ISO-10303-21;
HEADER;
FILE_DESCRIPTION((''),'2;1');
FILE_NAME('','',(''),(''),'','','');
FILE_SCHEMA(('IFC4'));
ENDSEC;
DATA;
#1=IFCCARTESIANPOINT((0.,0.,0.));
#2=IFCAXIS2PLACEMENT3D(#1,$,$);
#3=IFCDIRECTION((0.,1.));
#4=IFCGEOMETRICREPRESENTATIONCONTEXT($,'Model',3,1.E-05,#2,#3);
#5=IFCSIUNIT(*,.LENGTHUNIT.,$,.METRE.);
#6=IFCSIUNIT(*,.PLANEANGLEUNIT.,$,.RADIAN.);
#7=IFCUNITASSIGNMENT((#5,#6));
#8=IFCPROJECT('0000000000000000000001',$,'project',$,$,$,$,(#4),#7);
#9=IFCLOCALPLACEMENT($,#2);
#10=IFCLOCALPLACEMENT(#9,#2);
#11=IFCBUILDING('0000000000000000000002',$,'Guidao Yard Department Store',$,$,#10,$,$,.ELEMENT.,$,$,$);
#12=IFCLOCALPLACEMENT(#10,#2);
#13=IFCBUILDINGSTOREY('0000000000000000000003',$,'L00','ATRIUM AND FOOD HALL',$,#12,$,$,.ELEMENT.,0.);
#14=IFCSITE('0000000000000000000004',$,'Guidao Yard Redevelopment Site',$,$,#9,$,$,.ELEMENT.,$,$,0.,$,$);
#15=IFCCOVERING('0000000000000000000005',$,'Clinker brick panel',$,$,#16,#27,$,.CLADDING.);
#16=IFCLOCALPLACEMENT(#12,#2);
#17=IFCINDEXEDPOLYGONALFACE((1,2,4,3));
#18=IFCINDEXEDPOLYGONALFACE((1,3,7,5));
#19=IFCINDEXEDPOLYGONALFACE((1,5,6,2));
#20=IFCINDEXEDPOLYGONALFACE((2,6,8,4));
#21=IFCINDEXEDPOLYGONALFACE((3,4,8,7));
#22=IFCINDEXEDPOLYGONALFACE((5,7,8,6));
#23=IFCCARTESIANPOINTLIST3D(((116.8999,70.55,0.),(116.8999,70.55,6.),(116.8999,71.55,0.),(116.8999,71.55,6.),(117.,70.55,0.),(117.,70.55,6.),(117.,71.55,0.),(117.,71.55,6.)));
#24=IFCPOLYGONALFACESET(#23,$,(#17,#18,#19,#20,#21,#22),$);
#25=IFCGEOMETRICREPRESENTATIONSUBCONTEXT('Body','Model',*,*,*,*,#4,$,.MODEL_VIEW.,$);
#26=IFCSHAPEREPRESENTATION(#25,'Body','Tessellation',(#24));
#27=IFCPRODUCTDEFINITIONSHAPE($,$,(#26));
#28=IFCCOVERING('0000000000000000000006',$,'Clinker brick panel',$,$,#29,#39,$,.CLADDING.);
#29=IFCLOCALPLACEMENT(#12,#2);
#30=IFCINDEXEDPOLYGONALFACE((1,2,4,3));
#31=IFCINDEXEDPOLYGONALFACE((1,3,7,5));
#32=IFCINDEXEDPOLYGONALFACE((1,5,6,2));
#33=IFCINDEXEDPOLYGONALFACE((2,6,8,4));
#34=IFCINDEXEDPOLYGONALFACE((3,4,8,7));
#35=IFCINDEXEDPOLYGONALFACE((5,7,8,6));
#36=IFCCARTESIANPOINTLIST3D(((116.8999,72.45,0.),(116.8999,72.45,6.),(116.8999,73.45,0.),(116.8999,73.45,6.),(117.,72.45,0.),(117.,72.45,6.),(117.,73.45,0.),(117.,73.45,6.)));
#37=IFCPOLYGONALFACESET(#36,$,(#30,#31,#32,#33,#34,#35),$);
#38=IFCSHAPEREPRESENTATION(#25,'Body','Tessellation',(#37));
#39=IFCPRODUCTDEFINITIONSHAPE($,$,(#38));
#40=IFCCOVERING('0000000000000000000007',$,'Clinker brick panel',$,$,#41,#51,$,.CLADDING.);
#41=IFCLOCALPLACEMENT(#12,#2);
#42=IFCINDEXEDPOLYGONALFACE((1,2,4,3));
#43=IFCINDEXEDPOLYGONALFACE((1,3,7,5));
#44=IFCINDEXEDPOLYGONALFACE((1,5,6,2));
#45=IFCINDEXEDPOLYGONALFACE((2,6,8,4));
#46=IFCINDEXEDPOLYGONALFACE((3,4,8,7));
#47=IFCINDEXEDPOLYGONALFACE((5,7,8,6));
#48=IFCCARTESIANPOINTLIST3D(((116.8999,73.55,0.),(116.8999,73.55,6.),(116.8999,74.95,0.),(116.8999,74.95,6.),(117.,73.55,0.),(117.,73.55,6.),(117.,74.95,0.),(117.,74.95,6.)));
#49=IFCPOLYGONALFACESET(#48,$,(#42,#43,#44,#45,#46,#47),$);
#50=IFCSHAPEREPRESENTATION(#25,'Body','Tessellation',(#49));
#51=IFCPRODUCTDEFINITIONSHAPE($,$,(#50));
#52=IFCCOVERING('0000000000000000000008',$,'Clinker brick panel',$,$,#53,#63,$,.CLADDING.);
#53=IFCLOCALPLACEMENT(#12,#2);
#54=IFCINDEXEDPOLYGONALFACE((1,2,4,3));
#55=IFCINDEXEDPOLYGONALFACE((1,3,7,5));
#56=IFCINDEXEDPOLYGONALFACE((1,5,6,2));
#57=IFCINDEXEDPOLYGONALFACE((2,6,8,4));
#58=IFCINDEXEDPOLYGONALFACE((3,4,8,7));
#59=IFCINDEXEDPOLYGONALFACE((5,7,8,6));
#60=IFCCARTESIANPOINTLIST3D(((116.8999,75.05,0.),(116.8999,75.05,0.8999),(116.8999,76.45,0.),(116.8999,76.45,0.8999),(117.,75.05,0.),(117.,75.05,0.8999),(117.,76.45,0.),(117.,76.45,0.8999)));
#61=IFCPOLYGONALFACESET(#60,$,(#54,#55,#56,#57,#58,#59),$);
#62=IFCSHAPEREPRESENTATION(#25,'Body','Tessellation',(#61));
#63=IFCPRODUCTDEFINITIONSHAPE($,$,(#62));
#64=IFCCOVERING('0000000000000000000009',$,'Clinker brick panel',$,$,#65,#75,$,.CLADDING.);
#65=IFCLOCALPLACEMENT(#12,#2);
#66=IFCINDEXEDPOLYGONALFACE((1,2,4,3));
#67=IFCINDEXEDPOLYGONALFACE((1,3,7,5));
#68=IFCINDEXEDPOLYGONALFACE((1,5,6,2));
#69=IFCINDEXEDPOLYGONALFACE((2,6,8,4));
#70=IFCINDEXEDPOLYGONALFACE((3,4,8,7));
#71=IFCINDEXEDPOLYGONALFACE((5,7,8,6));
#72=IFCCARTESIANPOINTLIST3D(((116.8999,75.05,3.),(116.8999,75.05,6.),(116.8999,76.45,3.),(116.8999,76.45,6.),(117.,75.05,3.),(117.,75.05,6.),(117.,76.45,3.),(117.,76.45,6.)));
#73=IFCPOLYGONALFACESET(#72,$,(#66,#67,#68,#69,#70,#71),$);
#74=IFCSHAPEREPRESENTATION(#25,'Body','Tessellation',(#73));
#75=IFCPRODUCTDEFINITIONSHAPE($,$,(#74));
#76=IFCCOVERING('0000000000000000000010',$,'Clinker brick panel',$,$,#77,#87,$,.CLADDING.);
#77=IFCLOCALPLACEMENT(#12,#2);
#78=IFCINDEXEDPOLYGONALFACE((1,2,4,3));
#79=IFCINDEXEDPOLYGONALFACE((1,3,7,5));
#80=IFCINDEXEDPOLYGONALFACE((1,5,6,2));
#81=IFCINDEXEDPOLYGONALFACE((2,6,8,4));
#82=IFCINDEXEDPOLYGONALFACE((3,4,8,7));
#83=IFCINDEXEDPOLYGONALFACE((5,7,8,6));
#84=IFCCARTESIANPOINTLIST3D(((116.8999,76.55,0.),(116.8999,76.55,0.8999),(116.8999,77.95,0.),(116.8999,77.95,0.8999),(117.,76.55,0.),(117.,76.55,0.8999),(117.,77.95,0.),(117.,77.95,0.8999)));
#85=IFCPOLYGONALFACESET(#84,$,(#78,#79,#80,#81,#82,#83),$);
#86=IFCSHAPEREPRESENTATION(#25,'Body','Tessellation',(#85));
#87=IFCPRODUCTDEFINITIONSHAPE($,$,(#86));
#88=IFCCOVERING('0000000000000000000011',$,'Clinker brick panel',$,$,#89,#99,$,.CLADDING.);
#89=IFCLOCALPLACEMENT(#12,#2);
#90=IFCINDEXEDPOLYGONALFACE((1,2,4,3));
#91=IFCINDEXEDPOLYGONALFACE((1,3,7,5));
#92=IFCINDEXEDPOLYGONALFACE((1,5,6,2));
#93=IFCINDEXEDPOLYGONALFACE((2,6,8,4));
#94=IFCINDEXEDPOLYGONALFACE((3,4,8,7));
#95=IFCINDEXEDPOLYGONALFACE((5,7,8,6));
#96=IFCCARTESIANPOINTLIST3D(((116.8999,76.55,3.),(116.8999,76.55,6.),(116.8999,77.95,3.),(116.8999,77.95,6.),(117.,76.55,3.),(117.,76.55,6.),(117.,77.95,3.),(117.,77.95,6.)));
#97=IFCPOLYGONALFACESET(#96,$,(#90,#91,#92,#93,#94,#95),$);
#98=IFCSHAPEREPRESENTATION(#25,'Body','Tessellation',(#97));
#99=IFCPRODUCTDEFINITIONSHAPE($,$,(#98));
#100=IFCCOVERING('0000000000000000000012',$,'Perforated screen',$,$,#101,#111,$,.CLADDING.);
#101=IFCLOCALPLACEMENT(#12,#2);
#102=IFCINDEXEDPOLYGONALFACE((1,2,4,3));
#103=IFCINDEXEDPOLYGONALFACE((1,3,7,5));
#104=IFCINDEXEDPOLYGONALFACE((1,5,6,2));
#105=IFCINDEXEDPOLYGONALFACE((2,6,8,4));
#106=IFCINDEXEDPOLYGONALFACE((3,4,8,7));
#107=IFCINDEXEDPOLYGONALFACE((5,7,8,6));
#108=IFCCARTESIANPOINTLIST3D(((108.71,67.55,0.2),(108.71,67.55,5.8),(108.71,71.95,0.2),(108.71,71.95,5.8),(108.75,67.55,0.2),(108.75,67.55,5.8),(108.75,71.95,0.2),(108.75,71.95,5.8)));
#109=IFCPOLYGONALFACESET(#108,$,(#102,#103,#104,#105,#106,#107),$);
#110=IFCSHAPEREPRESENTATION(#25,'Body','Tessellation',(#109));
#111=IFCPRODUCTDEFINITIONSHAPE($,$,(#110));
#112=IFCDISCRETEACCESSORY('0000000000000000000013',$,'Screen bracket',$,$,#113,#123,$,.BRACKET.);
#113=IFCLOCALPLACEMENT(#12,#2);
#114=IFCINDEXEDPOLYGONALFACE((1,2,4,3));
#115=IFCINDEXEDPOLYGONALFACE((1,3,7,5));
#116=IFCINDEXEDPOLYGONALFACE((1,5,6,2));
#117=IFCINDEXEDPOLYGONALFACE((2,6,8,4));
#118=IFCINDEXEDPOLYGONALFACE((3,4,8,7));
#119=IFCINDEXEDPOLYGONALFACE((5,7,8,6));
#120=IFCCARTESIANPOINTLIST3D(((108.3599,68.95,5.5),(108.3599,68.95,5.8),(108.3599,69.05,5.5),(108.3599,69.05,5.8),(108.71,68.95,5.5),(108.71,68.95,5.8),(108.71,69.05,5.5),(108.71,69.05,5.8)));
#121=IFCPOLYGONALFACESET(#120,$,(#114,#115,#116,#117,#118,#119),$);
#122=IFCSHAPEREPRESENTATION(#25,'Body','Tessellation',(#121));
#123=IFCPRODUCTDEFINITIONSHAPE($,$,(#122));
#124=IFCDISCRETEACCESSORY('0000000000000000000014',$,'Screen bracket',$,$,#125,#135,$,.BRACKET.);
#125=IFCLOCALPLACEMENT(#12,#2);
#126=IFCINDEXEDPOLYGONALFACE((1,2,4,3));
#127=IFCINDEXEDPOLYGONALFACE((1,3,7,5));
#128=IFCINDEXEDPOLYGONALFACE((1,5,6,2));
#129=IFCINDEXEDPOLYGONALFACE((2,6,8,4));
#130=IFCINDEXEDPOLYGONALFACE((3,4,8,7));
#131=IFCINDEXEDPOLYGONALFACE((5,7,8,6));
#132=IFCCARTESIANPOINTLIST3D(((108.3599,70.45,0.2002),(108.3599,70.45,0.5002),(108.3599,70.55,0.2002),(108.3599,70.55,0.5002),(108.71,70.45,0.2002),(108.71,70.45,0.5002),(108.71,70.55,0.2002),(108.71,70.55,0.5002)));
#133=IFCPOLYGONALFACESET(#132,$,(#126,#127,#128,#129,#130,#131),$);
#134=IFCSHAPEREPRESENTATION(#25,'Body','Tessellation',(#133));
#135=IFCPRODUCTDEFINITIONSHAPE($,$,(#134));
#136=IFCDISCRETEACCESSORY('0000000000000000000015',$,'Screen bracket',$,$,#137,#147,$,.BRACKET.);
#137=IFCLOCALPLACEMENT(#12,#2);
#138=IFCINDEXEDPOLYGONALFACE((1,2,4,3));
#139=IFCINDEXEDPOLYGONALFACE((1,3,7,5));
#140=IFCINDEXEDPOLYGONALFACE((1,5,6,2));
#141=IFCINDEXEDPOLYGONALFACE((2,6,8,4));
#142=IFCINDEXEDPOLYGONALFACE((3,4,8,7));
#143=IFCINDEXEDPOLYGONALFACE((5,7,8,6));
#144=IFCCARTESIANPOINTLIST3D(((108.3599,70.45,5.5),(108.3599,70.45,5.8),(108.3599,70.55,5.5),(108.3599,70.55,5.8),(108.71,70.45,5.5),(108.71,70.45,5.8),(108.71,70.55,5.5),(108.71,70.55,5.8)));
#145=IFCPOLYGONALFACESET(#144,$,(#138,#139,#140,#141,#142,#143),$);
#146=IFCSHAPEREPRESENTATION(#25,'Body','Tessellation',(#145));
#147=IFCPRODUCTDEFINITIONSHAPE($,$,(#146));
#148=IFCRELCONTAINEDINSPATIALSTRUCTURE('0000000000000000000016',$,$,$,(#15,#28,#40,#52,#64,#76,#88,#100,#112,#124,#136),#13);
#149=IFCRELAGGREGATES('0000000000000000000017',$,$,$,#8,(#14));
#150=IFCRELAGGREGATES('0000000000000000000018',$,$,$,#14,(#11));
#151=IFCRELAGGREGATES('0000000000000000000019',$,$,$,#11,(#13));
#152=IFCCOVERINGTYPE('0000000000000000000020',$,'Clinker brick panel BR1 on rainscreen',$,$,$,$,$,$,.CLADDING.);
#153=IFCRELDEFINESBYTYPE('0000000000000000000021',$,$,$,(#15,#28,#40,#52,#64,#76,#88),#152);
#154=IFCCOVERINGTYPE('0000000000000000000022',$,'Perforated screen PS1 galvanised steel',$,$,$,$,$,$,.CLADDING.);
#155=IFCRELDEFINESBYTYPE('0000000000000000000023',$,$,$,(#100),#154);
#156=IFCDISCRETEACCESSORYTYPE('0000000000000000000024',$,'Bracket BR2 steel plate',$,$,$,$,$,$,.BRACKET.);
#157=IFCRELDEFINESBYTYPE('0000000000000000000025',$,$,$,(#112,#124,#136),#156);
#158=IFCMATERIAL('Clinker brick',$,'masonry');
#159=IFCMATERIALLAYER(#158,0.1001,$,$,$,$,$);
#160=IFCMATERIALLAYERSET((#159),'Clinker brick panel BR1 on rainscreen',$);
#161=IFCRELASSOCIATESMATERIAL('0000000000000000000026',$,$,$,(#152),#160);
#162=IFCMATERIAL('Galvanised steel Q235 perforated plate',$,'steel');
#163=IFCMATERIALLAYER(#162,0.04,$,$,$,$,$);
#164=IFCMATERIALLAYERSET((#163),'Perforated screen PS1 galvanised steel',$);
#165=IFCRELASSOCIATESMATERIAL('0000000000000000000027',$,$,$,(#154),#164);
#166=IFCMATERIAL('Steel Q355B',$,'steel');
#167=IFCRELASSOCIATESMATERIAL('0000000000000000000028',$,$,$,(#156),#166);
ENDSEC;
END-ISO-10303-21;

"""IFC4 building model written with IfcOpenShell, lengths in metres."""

from ifc_helpers import new_model, si_unit, direction, frame, origin, origin_2d, place, context, subcontext, project, spatial, rectangle, extrude, material, layer, layer_set, type_object, element, save


model = new_model("IFC4")

# Units and contexts
model_context = context("Model", 3, precision=1e-05, world=origin(), true_north=direction((0.0, 1.0)))
body_context = subcontext(model_context, "Body", "Model", "MODEL_VIEW")
ifc_project = project(units=[si_unit("LENGTHUNIT", "METRE"), si_unit("PLANEANGLEUNIT", "RADIAN")], contexts=[model_context])

# Site, building, storey
site_placement = place(None, origin())
site = spatial("IfcSite", under=ifc_project, at=site_placement, Name="Guidao Yard Redevelopment Site", CompositionType="ELEMENT", RefElevation=0.0)
building_placement = place(site_placement, origin())
building = spatial("IfcBuilding", under=site, at=building_placement, Name="Guidao Yard Department Store", CompositionType="ELEMENT")
storey_placement = place(building_placement, origin())
storey = spatial("IfcBuildingStorey", under=building, at=storey_placement, Name="L00", Description="ATRIUM AND FOOD HALL", CompositionType="ELEMENT", Elevation=0.0)

# Coverings
ifc_material_1 = material(Name="Clinker brick", Category="masonry")
ifc_layer_1 = layer(ifc_material_1, 0.1001)
ifc_layer_set_1 = layer_set([ifc_layer_1], Name="Clinker brick panel BR1 on rainscreen")
covering_type_1 = type_object("IfcCoveringType", Name="Clinker brick panel BR1 on rainscreen", PredefinedType="CLADDING", material=ifc_layer_set_1)
for number, where, z_axis, x_axis, name in (
    (1, (116.95, 71.05, 0.0), (0.0, 0.0, 1.0), (0.0, 1.0, 0.0), "Clinker brick panel"),
    (2, (116.95, 72.95, 0.0), (0.0, 0.0, 1.0), (0.0, 1.0, 0.0), "Clinker brick panel"),
):
    element("IfcCovering", number, at=place(storey_placement, frame(where, z_axis=z_axis, x_axis=x_axis)), inside=storey, type_object=covering_type_1, Name=name, PredefinedType="CLADDING", context=body_context, shape_type="SweptSolid", body=[
        extrude(rectangle(XDim=1.0, YDim=0.1001, at=origin_2d()), origin(), (0.0, 0.0, 1.0), 6.0),
    ])
covering_1_placement = place(storey_placement, frame((116.95, 74.25, 0.0), z_axis=(0.0, 0.0, 1.0), x_axis=(0.0, 1.0, 0.0)))
element("IfcCovering", 3, at=covering_1_placement, inside=storey, type_object=covering_type_1, Name="Clinker brick panel", PredefinedType="CLADDING", context=body_context, shape_type="SweptSolid", body=[
    extrude(rectangle(XDim=1.3999, YDim=0.1001, at=origin_2d()), origin(), (0.0, 0.0, 1.0), 6.0),
])
covering_2_placement = place(storey_placement, frame((116.95, 75.75, 0.0), z_axis=(0.0, 0.0, 1.0), x_axis=(0.0, 1.0, 0.0)))
element("IfcCovering", 4, at=covering_2_placement, inside=storey, type_object=covering_type_1, Name="Clinker brick panel", PredefinedType="CLADDING", context=body_context, shape_type="SweptSolid", body=[
    extrude(rectangle(XDim=1.3999, YDim=0.1001, at=origin_2d()), origin(), (0.0, 0.0, 1.0), 0.8999),
])
covering_3_placement = place(storey_placement, frame((116.95, 75.75, 3.0), z_axis=(0.0, 0.0, 1.0), x_axis=(0.0, 1.0, 0.0)))
element("IfcCovering", 5, at=covering_3_placement, inside=storey, type_object=covering_type_1, Name="Clinker brick panel", PredefinedType="CLADDING", context=body_context, shape_type="SweptSolid", body=[
    extrude(rectangle(XDim=1.3999, YDim=0.1001, at=origin_2d()), origin(), (0.0, 0.0, 1.0), 3.0),
])
covering_4_placement = place(storey_placement, frame((116.95, 77.25, 0.0), z_axis=(0.0, 0.0, 1.0), x_axis=(0.0, 1.0, 0.0)))
element("IfcCovering", 6, at=covering_4_placement, inside=storey, type_object=covering_type_1, Name="Clinker brick panel", PredefinedType="CLADDING", context=body_context, shape_type="SweptSolid", body=[
    extrude(rectangle(XDim=1.3999, YDim=0.1001, at=origin_2d()), origin(), (0.0, 0.0, 1.0), 0.8999),
])
covering_5_placement = place(storey_placement, frame((116.95, 77.25, 3.0), z_axis=(0.0, 0.0, 1.0), x_axis=(0.0, 1.0, 0.0)))
element("IfcCovering", 7, at=covering_5_placement, inside=storey, type_object=covering_type_1, Name="Clinker brick panel", PredefinedType="CLADDING", context=body_context, shape_type="SweptSolid", body=[
    extrude(rectangle(XDim=1.3999, YDim=0.1001, at=origin_2d()), origin(), (0.0, 0.0, 1.0), 3.0),
])
ifc_material_2 = material(Name="Galvanised steel Q235 perforated plate", Category="steel")
ifc_layer_2 = layer(ifc_material_2, 0.04)
ifc_layer_set_2 = layer_set([ifc_layer_2], Name="Perforated screen PS1 galvanised steel")
covering_type_2 = type_object("IfcCoveringType", Name="Perforated screen PS1 galvanised steel", PredefinedType="CLADDING", material=ifc_layer_set_2)
covering_6_placement = place(storey_placement, frame((108.73, 69.75, 0.2), z_axis=(0.0, 0.0, 1.0), x_axis=(0.0, -1.0, 0.0)))
element("IfcCovering", 8, at=covering_6_placement, inside=storey, type_object=covering_type_2, Name="Perforated screen", PredefinedType="CLADDING", context=body_context, shape_type="SweptSolid", body=[
    extrude(rectangle(XDim=4.3999, YDim=0.04, at=origin_2d()), origin(), (0.0, 0.0, 1.0), 5.6001),
])

# Discrete accessories
ifc_material_3 = material(Name="Steel Q355B", Category="steel")
discrete_accessory_type = type_object("IfcDiscreteAccessoryType", Name="Bracket BR2 steel plate", PredefinedType="BRACKET", material=ifc_material_3)
for number, where, z_axis, x_axis, name in (
    (9, (108.5349, 69.0, 5.5), (0.0, 0.0, 1.0), (0.0, -1.0, 0.0), "Screen bracket"),
    (10, (108.5349, 70.5, 0.2002), (0.0, 0.0, 1.0), (0.0, -1.0, 0.0), "Screen bracket"),
    (11, (108.5349, 70.5, 5.5), (0.0, 0.0, 1.0), (0.0, -1.0, 0.0), "Screen bracket"),
):
    element("IfcDiscreteAccessory", number, at=place(storey_placement, frame(where, z_axis=z_axis, x_axis=x_axis)), inside=storey, type_object=discrete_accessory_type, Name=name, PredefinedType="BRACKET", context=body_context, shape_type="SweptSolid", body=[
        extrude(rectangle(XDim=0.1001, YDim=0.3501, at=origin_2d()), origin(), (0.0, 0.0, 1.0), 0.3),
    ])

save(model, "model.ifc")
